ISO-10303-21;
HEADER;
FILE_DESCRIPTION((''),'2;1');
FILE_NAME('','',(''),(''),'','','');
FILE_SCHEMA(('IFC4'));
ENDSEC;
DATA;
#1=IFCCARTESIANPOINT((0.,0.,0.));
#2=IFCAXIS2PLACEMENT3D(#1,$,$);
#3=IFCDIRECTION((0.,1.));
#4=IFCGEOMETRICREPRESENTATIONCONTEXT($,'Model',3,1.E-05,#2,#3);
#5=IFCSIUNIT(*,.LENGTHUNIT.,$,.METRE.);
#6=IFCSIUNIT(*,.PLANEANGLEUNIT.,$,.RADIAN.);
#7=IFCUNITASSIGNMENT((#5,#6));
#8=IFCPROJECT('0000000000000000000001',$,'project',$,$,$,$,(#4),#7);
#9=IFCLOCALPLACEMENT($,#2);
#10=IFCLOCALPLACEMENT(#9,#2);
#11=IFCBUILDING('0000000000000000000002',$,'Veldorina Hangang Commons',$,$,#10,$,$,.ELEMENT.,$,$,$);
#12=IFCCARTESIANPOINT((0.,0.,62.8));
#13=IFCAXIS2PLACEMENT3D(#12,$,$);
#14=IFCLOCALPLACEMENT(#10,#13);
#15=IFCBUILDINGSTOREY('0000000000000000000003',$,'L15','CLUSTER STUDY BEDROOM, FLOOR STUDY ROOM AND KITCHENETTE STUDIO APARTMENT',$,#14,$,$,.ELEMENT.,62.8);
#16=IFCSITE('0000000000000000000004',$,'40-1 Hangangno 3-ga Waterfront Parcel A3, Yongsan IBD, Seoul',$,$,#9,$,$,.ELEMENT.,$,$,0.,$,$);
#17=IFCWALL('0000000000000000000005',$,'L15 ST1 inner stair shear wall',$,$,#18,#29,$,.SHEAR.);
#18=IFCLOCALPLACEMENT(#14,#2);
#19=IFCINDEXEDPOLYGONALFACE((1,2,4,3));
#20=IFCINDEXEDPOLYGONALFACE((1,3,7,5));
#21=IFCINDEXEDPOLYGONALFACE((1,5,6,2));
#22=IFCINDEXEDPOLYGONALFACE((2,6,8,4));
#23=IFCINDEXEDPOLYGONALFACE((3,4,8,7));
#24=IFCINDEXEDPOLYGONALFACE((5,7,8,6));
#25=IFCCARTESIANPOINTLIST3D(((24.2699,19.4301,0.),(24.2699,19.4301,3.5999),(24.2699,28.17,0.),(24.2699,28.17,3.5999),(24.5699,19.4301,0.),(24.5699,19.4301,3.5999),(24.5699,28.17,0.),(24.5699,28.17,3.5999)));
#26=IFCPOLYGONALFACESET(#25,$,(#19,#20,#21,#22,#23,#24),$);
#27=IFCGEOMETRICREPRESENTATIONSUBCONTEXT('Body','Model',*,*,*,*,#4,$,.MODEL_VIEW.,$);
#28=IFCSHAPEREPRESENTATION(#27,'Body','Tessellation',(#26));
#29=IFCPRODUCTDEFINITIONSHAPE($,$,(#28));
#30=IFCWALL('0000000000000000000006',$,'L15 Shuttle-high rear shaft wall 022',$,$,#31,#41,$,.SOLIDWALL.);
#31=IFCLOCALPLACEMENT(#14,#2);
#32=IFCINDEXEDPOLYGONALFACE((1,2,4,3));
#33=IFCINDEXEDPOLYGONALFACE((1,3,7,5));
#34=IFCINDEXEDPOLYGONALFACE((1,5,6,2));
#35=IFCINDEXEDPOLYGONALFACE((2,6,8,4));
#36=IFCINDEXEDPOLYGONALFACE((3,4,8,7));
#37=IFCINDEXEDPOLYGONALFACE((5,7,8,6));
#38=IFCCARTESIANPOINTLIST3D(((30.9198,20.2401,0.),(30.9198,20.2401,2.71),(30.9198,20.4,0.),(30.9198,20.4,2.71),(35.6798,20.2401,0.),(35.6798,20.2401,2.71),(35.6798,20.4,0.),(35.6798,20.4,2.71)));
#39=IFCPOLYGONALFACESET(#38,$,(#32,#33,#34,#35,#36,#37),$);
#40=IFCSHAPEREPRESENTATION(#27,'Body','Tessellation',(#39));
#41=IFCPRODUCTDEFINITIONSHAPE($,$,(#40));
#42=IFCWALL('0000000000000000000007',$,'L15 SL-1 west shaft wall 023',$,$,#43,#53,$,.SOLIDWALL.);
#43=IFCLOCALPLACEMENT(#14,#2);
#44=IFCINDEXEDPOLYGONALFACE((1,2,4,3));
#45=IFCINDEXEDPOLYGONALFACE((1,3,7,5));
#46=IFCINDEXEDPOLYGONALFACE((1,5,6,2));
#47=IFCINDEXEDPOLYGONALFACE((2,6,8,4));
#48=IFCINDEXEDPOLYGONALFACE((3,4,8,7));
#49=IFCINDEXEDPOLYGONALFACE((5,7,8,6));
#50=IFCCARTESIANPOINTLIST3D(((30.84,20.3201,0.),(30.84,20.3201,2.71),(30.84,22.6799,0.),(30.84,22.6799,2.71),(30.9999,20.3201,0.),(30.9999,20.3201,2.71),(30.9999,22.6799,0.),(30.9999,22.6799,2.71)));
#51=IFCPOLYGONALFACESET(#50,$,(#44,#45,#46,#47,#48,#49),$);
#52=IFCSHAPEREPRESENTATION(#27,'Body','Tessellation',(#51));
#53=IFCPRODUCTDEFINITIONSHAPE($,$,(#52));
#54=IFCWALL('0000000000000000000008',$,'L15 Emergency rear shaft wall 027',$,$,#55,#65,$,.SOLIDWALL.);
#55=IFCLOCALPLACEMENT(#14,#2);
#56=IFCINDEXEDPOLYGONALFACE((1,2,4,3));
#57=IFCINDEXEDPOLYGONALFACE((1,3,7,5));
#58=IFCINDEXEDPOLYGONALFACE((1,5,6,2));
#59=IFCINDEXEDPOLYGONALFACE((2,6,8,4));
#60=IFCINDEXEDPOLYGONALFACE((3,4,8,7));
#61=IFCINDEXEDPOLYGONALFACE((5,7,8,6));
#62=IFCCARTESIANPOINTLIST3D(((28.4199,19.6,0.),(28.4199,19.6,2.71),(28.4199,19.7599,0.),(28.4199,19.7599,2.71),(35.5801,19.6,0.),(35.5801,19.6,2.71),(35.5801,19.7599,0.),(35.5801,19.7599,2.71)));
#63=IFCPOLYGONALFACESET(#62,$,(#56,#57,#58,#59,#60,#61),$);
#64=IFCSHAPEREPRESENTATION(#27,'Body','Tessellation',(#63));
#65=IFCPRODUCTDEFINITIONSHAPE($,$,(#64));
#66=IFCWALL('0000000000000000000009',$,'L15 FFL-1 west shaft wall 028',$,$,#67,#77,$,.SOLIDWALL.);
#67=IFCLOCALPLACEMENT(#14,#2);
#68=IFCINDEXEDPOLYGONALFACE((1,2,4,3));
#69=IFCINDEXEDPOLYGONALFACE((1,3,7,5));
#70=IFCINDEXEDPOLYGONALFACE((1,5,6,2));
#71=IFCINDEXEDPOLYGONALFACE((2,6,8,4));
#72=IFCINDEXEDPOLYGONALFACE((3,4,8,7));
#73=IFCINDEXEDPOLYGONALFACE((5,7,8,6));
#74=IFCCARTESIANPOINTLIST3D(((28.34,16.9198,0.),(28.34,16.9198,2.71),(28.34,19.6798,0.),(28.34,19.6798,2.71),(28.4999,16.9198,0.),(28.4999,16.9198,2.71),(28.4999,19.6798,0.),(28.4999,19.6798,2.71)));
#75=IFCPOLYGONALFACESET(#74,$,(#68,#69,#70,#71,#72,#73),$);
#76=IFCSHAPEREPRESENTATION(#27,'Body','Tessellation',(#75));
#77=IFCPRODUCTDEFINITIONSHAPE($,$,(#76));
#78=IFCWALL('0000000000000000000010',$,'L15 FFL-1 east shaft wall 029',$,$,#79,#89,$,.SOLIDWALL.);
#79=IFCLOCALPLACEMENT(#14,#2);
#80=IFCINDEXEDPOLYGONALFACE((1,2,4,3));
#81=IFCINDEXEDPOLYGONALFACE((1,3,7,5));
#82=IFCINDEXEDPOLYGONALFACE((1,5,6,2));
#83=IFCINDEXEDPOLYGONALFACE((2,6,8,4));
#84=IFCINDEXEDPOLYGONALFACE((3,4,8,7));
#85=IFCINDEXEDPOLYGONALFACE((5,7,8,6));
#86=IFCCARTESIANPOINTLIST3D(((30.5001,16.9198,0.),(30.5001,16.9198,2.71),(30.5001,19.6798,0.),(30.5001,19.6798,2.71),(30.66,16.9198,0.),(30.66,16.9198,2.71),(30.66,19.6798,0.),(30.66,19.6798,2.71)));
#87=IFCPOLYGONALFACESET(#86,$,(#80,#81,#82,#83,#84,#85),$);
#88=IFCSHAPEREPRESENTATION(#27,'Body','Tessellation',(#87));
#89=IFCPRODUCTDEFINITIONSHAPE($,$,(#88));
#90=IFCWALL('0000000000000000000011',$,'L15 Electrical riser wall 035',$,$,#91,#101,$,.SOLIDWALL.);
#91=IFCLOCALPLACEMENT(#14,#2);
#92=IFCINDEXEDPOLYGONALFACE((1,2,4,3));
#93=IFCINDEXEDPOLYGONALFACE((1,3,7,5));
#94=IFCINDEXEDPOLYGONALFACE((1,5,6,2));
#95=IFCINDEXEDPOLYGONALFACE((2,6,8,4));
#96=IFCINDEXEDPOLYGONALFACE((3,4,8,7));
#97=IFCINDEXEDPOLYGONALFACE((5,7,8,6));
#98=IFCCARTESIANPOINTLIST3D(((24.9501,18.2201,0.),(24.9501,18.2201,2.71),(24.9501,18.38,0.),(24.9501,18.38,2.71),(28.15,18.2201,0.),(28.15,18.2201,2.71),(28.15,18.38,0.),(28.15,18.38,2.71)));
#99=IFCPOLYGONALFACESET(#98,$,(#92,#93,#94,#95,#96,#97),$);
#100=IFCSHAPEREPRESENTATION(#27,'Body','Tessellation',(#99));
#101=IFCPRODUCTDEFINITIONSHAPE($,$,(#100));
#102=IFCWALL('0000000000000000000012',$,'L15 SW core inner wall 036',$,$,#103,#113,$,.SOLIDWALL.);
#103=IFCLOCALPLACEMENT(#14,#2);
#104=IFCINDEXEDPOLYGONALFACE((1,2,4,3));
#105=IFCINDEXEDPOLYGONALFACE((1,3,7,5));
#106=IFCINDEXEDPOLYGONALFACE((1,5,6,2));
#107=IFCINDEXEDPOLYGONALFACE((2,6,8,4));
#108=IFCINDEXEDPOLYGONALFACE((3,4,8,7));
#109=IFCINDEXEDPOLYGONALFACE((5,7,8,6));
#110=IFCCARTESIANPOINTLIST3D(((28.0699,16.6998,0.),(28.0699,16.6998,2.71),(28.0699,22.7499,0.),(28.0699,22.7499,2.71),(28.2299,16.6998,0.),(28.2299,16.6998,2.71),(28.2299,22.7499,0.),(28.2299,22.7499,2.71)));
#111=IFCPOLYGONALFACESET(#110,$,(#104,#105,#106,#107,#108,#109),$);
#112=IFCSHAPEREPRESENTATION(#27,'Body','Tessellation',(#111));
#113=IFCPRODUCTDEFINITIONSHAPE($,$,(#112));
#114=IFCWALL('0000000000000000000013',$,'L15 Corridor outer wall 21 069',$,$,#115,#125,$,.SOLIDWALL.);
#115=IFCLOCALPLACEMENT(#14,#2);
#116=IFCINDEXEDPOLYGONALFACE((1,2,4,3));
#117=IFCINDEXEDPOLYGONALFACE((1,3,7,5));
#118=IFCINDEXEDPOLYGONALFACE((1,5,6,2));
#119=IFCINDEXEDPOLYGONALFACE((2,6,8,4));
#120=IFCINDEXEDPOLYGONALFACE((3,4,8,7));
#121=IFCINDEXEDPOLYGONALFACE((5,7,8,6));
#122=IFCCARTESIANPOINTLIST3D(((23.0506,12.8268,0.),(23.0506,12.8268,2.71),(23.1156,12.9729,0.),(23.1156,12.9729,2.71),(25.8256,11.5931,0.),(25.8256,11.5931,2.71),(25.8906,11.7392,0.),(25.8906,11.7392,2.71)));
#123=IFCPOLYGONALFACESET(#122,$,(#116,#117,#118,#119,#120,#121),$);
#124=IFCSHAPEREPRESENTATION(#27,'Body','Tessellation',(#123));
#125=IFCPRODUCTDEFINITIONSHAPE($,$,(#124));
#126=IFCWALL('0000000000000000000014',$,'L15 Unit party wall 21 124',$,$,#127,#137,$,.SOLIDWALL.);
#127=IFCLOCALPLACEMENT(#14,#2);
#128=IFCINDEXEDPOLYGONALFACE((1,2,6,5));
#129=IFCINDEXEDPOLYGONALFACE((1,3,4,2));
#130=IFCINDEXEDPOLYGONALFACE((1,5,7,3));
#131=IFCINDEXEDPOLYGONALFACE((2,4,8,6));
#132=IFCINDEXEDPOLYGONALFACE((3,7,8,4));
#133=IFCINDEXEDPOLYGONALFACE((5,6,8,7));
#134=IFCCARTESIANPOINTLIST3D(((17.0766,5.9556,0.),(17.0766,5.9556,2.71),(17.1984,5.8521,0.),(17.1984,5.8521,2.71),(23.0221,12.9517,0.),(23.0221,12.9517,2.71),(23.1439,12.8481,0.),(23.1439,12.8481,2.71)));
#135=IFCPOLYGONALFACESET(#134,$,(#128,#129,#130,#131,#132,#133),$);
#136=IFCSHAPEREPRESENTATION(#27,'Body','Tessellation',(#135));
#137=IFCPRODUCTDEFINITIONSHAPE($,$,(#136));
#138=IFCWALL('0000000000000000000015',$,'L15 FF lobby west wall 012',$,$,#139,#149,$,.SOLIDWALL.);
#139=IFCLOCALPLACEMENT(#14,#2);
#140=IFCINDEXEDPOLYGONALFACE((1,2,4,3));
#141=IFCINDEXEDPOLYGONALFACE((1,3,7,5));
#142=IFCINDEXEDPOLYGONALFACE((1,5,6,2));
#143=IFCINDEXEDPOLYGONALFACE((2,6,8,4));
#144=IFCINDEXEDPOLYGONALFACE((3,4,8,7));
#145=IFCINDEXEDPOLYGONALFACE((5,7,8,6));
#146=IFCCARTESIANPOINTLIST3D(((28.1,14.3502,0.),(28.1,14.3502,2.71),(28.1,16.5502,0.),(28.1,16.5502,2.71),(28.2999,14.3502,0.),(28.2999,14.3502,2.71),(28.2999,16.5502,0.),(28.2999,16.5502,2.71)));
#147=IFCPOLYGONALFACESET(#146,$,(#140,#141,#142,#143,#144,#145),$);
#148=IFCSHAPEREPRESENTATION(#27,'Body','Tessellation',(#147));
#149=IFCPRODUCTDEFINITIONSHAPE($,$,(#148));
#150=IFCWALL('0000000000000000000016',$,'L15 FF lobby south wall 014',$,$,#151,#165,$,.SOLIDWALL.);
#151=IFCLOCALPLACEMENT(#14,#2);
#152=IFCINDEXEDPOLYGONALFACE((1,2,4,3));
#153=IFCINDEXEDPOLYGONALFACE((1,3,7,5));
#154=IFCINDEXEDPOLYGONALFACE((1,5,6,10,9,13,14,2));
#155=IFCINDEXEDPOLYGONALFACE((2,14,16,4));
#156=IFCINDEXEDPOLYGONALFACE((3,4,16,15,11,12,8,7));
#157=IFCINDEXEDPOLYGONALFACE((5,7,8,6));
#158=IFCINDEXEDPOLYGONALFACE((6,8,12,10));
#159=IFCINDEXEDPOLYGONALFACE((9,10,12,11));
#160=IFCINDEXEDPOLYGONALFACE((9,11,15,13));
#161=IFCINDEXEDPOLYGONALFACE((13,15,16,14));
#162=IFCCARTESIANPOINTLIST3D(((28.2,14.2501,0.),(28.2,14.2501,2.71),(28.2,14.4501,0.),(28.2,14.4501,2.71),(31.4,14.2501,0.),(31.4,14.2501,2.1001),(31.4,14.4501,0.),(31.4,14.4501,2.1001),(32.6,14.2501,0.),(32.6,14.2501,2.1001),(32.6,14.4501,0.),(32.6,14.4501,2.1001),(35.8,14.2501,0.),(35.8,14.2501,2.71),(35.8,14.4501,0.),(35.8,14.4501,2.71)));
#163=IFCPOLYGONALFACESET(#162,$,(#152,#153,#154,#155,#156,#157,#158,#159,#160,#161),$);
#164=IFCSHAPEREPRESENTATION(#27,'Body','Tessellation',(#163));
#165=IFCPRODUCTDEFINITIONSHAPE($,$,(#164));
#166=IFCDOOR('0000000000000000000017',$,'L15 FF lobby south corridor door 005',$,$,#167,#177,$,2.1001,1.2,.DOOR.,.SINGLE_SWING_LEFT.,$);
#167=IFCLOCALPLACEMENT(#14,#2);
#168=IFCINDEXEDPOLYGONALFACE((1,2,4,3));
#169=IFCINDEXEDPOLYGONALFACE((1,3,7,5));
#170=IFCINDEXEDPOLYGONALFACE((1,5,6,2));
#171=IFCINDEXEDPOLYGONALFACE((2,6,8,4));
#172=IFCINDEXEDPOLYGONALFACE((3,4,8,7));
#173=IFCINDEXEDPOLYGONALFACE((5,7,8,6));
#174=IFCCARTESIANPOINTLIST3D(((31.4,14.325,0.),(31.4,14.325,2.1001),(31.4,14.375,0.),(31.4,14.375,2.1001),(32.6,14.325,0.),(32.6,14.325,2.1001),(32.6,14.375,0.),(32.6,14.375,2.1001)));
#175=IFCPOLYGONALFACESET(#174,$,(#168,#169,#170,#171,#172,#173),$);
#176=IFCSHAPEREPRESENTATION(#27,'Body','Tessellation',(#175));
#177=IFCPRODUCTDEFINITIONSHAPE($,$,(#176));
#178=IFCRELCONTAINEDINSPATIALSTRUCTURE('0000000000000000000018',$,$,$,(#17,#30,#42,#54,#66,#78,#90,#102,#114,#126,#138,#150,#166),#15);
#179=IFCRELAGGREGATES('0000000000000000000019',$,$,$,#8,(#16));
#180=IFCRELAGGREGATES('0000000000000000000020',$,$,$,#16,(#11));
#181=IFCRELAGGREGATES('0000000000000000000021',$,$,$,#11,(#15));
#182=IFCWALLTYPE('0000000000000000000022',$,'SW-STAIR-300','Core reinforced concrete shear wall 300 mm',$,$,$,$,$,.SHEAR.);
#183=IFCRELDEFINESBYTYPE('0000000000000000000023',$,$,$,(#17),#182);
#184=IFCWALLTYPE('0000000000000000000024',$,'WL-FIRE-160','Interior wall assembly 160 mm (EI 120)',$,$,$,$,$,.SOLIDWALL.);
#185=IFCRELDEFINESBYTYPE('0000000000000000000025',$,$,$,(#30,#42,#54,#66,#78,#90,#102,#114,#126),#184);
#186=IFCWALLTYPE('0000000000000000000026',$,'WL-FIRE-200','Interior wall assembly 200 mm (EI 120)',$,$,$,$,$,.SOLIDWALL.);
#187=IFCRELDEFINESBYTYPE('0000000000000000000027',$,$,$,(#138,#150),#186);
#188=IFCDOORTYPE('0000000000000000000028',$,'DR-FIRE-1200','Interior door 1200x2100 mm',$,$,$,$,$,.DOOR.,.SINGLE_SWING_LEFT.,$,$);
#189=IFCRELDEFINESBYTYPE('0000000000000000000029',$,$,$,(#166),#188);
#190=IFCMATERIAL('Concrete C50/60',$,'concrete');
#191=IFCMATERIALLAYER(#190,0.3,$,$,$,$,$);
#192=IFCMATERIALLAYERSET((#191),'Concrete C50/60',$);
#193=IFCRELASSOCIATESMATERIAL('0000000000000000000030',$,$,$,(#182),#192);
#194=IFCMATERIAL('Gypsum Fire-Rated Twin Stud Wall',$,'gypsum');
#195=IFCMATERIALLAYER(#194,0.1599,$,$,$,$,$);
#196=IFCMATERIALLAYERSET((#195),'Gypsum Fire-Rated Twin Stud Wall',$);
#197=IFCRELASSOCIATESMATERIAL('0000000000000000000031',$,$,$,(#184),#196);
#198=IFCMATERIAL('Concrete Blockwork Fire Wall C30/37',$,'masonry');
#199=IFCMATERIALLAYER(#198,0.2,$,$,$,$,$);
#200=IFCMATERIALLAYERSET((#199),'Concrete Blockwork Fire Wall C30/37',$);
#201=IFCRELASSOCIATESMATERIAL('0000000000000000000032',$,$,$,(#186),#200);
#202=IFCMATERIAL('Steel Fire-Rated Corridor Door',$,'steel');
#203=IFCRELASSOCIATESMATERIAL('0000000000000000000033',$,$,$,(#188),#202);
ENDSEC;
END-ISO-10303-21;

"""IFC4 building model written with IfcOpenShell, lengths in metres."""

from ifc_helpers import new_model, si_unit, direction, frame, frame_2d, origin, place, context, subcontext, project, spatial, rectangle, extrude, material, layer, layer_set, type_object, element, fill, save


model = new_model("IFC4")

# Units and contexts
model_context = context("Model", 3, precision=1e-05, world=origin(), true_north=direction((0.0, 1.0)))
body_context = subcontext(model_context, "Body", "Model", "MODEL_VIEW")
ifc_project = project(units=[si_unit("LENGTHUNIT", "METRE"), si_unit("PLANEANGLEUNIT", "RADIAN")], contexts=[model_context])

# Site, building, storey
site_placement = place(None, origin())
site = spatial("IfcSite", under=ifc_project, at=site_placement, Name="40-1 Hangangno 3-ga Waterfront Parcel A3, Yongsan IBD, Seoul", CompositionType="ELEMENT", RefElevation=0.0)
building_placement = place(site_placement, origin())
building = spatial("IfcBuilding", under=site, at=building_placement, Name="Veldorina Hangang Commons", CompositionType="ELEMENT")
storey_placement = place(building_placement, frame((0.0, 0.0, 62.8)))
storey = spatial("IfcBuildingStorey", under=building, at=storey_placement, Name="L15", Description="CLUSTER STUDY BEDROOM, FLOOR STUDY ROOM AND KITCHENETTE STUDIO APARTMENT", CompositionType="ELEMENT", Elevation=62.8)

# Walls
ifc_material_1 = material(Name="Concrete C50/60", Category="concrete")
ifc_layer_1 = layer(ifc_material_1, 0.3)
ifc_layer_set_1 = layer_set([ifc_layer_1], Name="Concrete C50/60")
wall_type_1 = type_object("IfcWallType", Name="SW-STAIR-300", Description="Core reinforced concrete shear wall 300 mm", PredefinedType="SHEAR", material=ifc_layer_set_1)
wall_1_placement = place(storey_placement, frame((24.4199, 19.4299, 0.0), z_axis=(0.0, 0.0, 1.0), x_axis=(0.0, 1.0, 0.0)))
element("IfcWall", 1, at=wall_1_placement, inside=storey, type_object=wall_type_1, Name="L15 ST1 inner stair shear wall", PredefinedType="SHEAR", context=body_context, shape_type="SweptSolid", body=[
    extrude(rectangle(XDim=8.74, YDim=0.3, at=frame_2d((4.3701, 0.0))), origin(), (0.0, 0.0, 1.0), 3.5999),
])
ifc_material_2 = material(Name="Gypsum Fire-Rated Twin Stud Wall", Category="gypsum")
ifc_layer_2 = layer(ifc_material_2, 0.1599)
ifc_layer_set_2 = layer_set([ifc_layer_2], Name="Gypsum Fire-Rated Twin Stud Wall")
wall_type_2 = type_object("IfcWallType", Name="WL-FIRE-160", Description="Interior wall assembly 160 mm (EI 120)", PredefinedType="SOLIDWALL", material=ifc_layer_set_2)
wall_2_placement = place(storey_placement, frame((30.9199, 20.3201, 0.0), z_axis=(0.0, 0.0, 1.0), x_axis=(1.0, 0.0, 0.0)))
element("IfcWall", 2, at=wall_2_placement, inside=storey, type_object=wall_type_2, Name="L15 Shuttle-high rear shaft wall 022", PredefinedType="SOLIDWALL", context=body_context, shape_type="SweptSolid", body=[
    extrude(rectangle(XDim=4.76, YDim=0.1599, at=frame_2d((2.3799, 0.0))), origin(), (0.0, 0.0, 1.0), 2.71),
])
wall_3_placement = place(storey_placement, frame((30.9199, 20.3201, 0.0), z_axis=(0.0, 0.0, 1.0), x_axis=(0.0, 1.0, 0.0)))
element("IfcWall", 3, at=wall_3_placement, inside=storey, type_object=wall_type_2, Name="L15 SL-1 west shaft wall 023", PredefinedType="SOLIDWALL", context=body_context, shape_type="SweptSolid", body=[
    extrude(rectangle(XDim=2.3599, YDim=0.1599, at=frame_2d((1.1799, 0.0))), origin(), (0.0, 0.0, 1.0), 2.71),
])

# Walls
wall_4_placement = place(storey_placement, frame((28.4199, 19.6799, 0.0), z_axis=(0.0, 0.0, 1.0), x_axis=(1.0, 0.0, 0.0)))
element("IfcWall", 4, at=wall_4_placement, inside=storey, type_object=wall_type_2, Name="L15 Emergency rear shaft wall 027", PredefinedType="SOLIDWALL", context=body_context, shape_type="SweptSolid", body=[
    extrude(rectangle(XDim=7.1602, YDim=0.1599, at=frame_2d((3.5801, 0.0))), origin(), (0.0, 0.0, 1.0), 2.71),
])
for number, where, z_axis, x_axis, name in (
    (5, (28.4199, 16.9199, 0.0), (0.0, 0.0, 1.0), (0.0, 1.0, 0.0), "L15 FFL-1 west shaft wall 028"),
    (6, (30.5801, 16.9199, 0.0), (0.0, 0.0, 1.0), (0.0, 1.0, 0.0), "L15 FFL-1 east shaft wall 029"),
):
    element("IfcWall", number, at=place(storey_placement, frame(where, z_axis=z_axis, x_axis=x_axis)), inside=storey, type_object=wall_type_2, Name=name, PredefinedType="SOLIDWALL", context=body_context, shape_type="SweptSolid", body=[
        extrude(rectangle(XDim=2.76, YDim=0.1599, at=frame_2d((1.3799, 0.0))), origin(), (0.0, 0.0, 1.0), 2.71),
    ])
wall_5_placement = place(storey_placement, frame((24.95, 18.3, 0.0), z_axis=(0.0, 0.0, 1.0), x_axis=(1.0, 0.0, 0.0)))
element("IfcWall", 7, at=wall_5_placement, inside=storey, type_object=wall_type_2, Name="L15 Electrical riser wall 035", PredefinedType="SOLIDWALL", context=body_context, shape_type="SweptSolid", body=[
    extrude(rectangle(XDim=3.2, YDim=0.1599, at=frame_2d((1.6001, 0.0))), origin(), (0.0, 0.0, 1.0), 2.71),
])
wall_6_placement = place(storey_placement, frame((28.1499, 16.7, 0.0), z_axis=(0.0, 0.0, 1.0), x_axis=(0.0, 1.0, 0.0)))
element("IfcWall", 8, at=wall_6_placement, inside=storey, type_object=wall_type_2, Name="L15 SW core inner wall 036", PredefinedType="SOLIDWALL", context=body_context, shape_type="SweptSolid", body=[
    extrude(rectangle(XDim=6.05, YDim=0.1599, at=frame_2d((3.0249, 0.0))), origin(), (0.0, 0.0, 1.0), 2.71),
])
wall_7_placement = place(storey_placement, frame((23.083, 12.8999, 0.0), z_axis=(0.0, 0.0, 1.0), x_axis=(0.913768, -0.406235, 0.0)))
element("IfcWall", 9, at=wall_7_placement, inside=storey, type_object=wall_type_2, Name="L15 Corridor outer wall 21 069", PredefinedType="SOLIDWALL", context=body_context, shape_type="SweptSolid", body=[
    extrude(rectangle(XDim=3.0369, YDim=0.1599, at=frame_2d((1.5186, 0.0))), origin(), (0.0, 0.0, 1.0), 2.71),
])
wall_8_placement = place(storey_placement, frame((23.083, 12.8999, 0.0), z_axis=(0.0, 0.0, 1.0), x_axis=(-0.647577, -0.762, 0.0)))
element("IfcWall", 10, at=wall_8_placement, inside=storey, type_object=wall_type_2, Name="L15 Unit party wall 21 124", PredefinedType="SOLIDWALL", context=body_context, shape_type="SweptSolid", body=[
    extrude(rectangle(XDim=9.1812, YDim=0.1599, at=frame_2d((4.5906, 0.0))), origin(), (0.0, 0.0, 1.0), 2.71),
])
ifc_material_3 = material(Name="Concrete Blockwork Fire Wall C30/37", Category="masonry")
ifc_layer_3 = layer(ifc_material_3, 0.2)
ifc_layer_set_3 = layer_set([ifc_layer_3], Name="Concrete Blockwork Fire Wall C30/37")
wall_type_3 = type_object("IfcWallType", Name="WL-FIRE-200", Description="Interior wall assembly 200 mm (EI 120)", PredefinedType="SOLIDWALL", material=ifc_layer_set_3)
wall_9_placement = place(storey_placement, frame((28.2, 14.3501, 0.0), z_axis=(0.0, 0.0, 1.0), x_axis=(0.0, 1.0, 0.0)))
element("IfcWall", 11, at=wall_9_placement, inside=storey, type_object=wall_type_3, Name="L15 FF lobby west wall 012", PredefinedType="SOLIDWALL", context=body_context, shape_type="SweptSolid", body=[
    extrude(rectangle(XDim=2.2, YDim=0.2, at=frame_2d((1.1001, 0.0))), origin(), (0.0, 0.0, 1.0), 2.71),
])

# Wall, opening, door
wall_10_placement = place(storey_placement, frame((28.2, 14.3501, 0.0), z_axis=(0.0, 0.0, 1.0), x_axis=(1.0, 0.0, 0.0)))
wall_10 = element("IfcWall", 12, at=wall_10_placement, inside=storey, type_object=wall_type_3, Name="L15 FF lobby south wall 014", PredefinedType="SOLIDWALL", context=body_context, shape_type="SweptSolid", body=[
    extrude(rectangle(XDim=7.6001, YDim=0.2, at=frame_2d((3.8, 0.0))), origin(), (0.0, 0.0, 1.0), 2.71),
])
opening_1_placement = place(wall_10_placement, frame((3.2, 0.0, 0.0)))
opening_1 = element("IfcOpeningElement", 13, at=opening_1_placement, cuts=wall_10, PredefinedType="OPENING", context=body_context, shape_type="SweptSolid", body=[
    extrude(rectangle(XDim=1.2, YDim=2.1001, at=frame_2d((0.6001, 1.05))), frame((0.0, 0.1099, 0.0), z_axis=(0.0, -1.0, 0.0), x_axis=(1.0, 0.0, 0.0)), (0.0, 0.0, 1.0), 0.22),
])
ifc_material_4 = material(Name="Steel Fire-Rated Corridor Door", Category="steel")
door_type_1 = type_object("IfcDoorType", Name="DR-FIRE-1200", Description="Interior door 1200x2100 mm", OperationType="SINGLE_SWING_LEFT", PredefinedType="DOOR", material=ifc_material_4)
door_1_placement = place(opening_1_placement, origin())
door_1 = element("IfcDoor", 14, at=door_1_placement, inside=storey, type_object=door_type_1, Name="L15 FF lobby south corridor door 005", OperationType="SINGLE_SWING_LEFT", OverallHeight=2.1001, OverallWidth=1.2, PredefinedType="DOOR", context=body_context, shape_type="SweptSolid", body=[
    extrude(rectangle(XDim=1.2, YDim=2.1001, at=frame_2d((0.6001, 1.05))), frame((0.0, 0.0249, 0.0), z_axis=(0.0, -1.0, 0.0), x_axis=(1.0, 0.0, 0.0)), (0.0, 0.0, 1.0), 0.05),
])
fill(opening_1, door_1)

save(model, "model.ifc")
